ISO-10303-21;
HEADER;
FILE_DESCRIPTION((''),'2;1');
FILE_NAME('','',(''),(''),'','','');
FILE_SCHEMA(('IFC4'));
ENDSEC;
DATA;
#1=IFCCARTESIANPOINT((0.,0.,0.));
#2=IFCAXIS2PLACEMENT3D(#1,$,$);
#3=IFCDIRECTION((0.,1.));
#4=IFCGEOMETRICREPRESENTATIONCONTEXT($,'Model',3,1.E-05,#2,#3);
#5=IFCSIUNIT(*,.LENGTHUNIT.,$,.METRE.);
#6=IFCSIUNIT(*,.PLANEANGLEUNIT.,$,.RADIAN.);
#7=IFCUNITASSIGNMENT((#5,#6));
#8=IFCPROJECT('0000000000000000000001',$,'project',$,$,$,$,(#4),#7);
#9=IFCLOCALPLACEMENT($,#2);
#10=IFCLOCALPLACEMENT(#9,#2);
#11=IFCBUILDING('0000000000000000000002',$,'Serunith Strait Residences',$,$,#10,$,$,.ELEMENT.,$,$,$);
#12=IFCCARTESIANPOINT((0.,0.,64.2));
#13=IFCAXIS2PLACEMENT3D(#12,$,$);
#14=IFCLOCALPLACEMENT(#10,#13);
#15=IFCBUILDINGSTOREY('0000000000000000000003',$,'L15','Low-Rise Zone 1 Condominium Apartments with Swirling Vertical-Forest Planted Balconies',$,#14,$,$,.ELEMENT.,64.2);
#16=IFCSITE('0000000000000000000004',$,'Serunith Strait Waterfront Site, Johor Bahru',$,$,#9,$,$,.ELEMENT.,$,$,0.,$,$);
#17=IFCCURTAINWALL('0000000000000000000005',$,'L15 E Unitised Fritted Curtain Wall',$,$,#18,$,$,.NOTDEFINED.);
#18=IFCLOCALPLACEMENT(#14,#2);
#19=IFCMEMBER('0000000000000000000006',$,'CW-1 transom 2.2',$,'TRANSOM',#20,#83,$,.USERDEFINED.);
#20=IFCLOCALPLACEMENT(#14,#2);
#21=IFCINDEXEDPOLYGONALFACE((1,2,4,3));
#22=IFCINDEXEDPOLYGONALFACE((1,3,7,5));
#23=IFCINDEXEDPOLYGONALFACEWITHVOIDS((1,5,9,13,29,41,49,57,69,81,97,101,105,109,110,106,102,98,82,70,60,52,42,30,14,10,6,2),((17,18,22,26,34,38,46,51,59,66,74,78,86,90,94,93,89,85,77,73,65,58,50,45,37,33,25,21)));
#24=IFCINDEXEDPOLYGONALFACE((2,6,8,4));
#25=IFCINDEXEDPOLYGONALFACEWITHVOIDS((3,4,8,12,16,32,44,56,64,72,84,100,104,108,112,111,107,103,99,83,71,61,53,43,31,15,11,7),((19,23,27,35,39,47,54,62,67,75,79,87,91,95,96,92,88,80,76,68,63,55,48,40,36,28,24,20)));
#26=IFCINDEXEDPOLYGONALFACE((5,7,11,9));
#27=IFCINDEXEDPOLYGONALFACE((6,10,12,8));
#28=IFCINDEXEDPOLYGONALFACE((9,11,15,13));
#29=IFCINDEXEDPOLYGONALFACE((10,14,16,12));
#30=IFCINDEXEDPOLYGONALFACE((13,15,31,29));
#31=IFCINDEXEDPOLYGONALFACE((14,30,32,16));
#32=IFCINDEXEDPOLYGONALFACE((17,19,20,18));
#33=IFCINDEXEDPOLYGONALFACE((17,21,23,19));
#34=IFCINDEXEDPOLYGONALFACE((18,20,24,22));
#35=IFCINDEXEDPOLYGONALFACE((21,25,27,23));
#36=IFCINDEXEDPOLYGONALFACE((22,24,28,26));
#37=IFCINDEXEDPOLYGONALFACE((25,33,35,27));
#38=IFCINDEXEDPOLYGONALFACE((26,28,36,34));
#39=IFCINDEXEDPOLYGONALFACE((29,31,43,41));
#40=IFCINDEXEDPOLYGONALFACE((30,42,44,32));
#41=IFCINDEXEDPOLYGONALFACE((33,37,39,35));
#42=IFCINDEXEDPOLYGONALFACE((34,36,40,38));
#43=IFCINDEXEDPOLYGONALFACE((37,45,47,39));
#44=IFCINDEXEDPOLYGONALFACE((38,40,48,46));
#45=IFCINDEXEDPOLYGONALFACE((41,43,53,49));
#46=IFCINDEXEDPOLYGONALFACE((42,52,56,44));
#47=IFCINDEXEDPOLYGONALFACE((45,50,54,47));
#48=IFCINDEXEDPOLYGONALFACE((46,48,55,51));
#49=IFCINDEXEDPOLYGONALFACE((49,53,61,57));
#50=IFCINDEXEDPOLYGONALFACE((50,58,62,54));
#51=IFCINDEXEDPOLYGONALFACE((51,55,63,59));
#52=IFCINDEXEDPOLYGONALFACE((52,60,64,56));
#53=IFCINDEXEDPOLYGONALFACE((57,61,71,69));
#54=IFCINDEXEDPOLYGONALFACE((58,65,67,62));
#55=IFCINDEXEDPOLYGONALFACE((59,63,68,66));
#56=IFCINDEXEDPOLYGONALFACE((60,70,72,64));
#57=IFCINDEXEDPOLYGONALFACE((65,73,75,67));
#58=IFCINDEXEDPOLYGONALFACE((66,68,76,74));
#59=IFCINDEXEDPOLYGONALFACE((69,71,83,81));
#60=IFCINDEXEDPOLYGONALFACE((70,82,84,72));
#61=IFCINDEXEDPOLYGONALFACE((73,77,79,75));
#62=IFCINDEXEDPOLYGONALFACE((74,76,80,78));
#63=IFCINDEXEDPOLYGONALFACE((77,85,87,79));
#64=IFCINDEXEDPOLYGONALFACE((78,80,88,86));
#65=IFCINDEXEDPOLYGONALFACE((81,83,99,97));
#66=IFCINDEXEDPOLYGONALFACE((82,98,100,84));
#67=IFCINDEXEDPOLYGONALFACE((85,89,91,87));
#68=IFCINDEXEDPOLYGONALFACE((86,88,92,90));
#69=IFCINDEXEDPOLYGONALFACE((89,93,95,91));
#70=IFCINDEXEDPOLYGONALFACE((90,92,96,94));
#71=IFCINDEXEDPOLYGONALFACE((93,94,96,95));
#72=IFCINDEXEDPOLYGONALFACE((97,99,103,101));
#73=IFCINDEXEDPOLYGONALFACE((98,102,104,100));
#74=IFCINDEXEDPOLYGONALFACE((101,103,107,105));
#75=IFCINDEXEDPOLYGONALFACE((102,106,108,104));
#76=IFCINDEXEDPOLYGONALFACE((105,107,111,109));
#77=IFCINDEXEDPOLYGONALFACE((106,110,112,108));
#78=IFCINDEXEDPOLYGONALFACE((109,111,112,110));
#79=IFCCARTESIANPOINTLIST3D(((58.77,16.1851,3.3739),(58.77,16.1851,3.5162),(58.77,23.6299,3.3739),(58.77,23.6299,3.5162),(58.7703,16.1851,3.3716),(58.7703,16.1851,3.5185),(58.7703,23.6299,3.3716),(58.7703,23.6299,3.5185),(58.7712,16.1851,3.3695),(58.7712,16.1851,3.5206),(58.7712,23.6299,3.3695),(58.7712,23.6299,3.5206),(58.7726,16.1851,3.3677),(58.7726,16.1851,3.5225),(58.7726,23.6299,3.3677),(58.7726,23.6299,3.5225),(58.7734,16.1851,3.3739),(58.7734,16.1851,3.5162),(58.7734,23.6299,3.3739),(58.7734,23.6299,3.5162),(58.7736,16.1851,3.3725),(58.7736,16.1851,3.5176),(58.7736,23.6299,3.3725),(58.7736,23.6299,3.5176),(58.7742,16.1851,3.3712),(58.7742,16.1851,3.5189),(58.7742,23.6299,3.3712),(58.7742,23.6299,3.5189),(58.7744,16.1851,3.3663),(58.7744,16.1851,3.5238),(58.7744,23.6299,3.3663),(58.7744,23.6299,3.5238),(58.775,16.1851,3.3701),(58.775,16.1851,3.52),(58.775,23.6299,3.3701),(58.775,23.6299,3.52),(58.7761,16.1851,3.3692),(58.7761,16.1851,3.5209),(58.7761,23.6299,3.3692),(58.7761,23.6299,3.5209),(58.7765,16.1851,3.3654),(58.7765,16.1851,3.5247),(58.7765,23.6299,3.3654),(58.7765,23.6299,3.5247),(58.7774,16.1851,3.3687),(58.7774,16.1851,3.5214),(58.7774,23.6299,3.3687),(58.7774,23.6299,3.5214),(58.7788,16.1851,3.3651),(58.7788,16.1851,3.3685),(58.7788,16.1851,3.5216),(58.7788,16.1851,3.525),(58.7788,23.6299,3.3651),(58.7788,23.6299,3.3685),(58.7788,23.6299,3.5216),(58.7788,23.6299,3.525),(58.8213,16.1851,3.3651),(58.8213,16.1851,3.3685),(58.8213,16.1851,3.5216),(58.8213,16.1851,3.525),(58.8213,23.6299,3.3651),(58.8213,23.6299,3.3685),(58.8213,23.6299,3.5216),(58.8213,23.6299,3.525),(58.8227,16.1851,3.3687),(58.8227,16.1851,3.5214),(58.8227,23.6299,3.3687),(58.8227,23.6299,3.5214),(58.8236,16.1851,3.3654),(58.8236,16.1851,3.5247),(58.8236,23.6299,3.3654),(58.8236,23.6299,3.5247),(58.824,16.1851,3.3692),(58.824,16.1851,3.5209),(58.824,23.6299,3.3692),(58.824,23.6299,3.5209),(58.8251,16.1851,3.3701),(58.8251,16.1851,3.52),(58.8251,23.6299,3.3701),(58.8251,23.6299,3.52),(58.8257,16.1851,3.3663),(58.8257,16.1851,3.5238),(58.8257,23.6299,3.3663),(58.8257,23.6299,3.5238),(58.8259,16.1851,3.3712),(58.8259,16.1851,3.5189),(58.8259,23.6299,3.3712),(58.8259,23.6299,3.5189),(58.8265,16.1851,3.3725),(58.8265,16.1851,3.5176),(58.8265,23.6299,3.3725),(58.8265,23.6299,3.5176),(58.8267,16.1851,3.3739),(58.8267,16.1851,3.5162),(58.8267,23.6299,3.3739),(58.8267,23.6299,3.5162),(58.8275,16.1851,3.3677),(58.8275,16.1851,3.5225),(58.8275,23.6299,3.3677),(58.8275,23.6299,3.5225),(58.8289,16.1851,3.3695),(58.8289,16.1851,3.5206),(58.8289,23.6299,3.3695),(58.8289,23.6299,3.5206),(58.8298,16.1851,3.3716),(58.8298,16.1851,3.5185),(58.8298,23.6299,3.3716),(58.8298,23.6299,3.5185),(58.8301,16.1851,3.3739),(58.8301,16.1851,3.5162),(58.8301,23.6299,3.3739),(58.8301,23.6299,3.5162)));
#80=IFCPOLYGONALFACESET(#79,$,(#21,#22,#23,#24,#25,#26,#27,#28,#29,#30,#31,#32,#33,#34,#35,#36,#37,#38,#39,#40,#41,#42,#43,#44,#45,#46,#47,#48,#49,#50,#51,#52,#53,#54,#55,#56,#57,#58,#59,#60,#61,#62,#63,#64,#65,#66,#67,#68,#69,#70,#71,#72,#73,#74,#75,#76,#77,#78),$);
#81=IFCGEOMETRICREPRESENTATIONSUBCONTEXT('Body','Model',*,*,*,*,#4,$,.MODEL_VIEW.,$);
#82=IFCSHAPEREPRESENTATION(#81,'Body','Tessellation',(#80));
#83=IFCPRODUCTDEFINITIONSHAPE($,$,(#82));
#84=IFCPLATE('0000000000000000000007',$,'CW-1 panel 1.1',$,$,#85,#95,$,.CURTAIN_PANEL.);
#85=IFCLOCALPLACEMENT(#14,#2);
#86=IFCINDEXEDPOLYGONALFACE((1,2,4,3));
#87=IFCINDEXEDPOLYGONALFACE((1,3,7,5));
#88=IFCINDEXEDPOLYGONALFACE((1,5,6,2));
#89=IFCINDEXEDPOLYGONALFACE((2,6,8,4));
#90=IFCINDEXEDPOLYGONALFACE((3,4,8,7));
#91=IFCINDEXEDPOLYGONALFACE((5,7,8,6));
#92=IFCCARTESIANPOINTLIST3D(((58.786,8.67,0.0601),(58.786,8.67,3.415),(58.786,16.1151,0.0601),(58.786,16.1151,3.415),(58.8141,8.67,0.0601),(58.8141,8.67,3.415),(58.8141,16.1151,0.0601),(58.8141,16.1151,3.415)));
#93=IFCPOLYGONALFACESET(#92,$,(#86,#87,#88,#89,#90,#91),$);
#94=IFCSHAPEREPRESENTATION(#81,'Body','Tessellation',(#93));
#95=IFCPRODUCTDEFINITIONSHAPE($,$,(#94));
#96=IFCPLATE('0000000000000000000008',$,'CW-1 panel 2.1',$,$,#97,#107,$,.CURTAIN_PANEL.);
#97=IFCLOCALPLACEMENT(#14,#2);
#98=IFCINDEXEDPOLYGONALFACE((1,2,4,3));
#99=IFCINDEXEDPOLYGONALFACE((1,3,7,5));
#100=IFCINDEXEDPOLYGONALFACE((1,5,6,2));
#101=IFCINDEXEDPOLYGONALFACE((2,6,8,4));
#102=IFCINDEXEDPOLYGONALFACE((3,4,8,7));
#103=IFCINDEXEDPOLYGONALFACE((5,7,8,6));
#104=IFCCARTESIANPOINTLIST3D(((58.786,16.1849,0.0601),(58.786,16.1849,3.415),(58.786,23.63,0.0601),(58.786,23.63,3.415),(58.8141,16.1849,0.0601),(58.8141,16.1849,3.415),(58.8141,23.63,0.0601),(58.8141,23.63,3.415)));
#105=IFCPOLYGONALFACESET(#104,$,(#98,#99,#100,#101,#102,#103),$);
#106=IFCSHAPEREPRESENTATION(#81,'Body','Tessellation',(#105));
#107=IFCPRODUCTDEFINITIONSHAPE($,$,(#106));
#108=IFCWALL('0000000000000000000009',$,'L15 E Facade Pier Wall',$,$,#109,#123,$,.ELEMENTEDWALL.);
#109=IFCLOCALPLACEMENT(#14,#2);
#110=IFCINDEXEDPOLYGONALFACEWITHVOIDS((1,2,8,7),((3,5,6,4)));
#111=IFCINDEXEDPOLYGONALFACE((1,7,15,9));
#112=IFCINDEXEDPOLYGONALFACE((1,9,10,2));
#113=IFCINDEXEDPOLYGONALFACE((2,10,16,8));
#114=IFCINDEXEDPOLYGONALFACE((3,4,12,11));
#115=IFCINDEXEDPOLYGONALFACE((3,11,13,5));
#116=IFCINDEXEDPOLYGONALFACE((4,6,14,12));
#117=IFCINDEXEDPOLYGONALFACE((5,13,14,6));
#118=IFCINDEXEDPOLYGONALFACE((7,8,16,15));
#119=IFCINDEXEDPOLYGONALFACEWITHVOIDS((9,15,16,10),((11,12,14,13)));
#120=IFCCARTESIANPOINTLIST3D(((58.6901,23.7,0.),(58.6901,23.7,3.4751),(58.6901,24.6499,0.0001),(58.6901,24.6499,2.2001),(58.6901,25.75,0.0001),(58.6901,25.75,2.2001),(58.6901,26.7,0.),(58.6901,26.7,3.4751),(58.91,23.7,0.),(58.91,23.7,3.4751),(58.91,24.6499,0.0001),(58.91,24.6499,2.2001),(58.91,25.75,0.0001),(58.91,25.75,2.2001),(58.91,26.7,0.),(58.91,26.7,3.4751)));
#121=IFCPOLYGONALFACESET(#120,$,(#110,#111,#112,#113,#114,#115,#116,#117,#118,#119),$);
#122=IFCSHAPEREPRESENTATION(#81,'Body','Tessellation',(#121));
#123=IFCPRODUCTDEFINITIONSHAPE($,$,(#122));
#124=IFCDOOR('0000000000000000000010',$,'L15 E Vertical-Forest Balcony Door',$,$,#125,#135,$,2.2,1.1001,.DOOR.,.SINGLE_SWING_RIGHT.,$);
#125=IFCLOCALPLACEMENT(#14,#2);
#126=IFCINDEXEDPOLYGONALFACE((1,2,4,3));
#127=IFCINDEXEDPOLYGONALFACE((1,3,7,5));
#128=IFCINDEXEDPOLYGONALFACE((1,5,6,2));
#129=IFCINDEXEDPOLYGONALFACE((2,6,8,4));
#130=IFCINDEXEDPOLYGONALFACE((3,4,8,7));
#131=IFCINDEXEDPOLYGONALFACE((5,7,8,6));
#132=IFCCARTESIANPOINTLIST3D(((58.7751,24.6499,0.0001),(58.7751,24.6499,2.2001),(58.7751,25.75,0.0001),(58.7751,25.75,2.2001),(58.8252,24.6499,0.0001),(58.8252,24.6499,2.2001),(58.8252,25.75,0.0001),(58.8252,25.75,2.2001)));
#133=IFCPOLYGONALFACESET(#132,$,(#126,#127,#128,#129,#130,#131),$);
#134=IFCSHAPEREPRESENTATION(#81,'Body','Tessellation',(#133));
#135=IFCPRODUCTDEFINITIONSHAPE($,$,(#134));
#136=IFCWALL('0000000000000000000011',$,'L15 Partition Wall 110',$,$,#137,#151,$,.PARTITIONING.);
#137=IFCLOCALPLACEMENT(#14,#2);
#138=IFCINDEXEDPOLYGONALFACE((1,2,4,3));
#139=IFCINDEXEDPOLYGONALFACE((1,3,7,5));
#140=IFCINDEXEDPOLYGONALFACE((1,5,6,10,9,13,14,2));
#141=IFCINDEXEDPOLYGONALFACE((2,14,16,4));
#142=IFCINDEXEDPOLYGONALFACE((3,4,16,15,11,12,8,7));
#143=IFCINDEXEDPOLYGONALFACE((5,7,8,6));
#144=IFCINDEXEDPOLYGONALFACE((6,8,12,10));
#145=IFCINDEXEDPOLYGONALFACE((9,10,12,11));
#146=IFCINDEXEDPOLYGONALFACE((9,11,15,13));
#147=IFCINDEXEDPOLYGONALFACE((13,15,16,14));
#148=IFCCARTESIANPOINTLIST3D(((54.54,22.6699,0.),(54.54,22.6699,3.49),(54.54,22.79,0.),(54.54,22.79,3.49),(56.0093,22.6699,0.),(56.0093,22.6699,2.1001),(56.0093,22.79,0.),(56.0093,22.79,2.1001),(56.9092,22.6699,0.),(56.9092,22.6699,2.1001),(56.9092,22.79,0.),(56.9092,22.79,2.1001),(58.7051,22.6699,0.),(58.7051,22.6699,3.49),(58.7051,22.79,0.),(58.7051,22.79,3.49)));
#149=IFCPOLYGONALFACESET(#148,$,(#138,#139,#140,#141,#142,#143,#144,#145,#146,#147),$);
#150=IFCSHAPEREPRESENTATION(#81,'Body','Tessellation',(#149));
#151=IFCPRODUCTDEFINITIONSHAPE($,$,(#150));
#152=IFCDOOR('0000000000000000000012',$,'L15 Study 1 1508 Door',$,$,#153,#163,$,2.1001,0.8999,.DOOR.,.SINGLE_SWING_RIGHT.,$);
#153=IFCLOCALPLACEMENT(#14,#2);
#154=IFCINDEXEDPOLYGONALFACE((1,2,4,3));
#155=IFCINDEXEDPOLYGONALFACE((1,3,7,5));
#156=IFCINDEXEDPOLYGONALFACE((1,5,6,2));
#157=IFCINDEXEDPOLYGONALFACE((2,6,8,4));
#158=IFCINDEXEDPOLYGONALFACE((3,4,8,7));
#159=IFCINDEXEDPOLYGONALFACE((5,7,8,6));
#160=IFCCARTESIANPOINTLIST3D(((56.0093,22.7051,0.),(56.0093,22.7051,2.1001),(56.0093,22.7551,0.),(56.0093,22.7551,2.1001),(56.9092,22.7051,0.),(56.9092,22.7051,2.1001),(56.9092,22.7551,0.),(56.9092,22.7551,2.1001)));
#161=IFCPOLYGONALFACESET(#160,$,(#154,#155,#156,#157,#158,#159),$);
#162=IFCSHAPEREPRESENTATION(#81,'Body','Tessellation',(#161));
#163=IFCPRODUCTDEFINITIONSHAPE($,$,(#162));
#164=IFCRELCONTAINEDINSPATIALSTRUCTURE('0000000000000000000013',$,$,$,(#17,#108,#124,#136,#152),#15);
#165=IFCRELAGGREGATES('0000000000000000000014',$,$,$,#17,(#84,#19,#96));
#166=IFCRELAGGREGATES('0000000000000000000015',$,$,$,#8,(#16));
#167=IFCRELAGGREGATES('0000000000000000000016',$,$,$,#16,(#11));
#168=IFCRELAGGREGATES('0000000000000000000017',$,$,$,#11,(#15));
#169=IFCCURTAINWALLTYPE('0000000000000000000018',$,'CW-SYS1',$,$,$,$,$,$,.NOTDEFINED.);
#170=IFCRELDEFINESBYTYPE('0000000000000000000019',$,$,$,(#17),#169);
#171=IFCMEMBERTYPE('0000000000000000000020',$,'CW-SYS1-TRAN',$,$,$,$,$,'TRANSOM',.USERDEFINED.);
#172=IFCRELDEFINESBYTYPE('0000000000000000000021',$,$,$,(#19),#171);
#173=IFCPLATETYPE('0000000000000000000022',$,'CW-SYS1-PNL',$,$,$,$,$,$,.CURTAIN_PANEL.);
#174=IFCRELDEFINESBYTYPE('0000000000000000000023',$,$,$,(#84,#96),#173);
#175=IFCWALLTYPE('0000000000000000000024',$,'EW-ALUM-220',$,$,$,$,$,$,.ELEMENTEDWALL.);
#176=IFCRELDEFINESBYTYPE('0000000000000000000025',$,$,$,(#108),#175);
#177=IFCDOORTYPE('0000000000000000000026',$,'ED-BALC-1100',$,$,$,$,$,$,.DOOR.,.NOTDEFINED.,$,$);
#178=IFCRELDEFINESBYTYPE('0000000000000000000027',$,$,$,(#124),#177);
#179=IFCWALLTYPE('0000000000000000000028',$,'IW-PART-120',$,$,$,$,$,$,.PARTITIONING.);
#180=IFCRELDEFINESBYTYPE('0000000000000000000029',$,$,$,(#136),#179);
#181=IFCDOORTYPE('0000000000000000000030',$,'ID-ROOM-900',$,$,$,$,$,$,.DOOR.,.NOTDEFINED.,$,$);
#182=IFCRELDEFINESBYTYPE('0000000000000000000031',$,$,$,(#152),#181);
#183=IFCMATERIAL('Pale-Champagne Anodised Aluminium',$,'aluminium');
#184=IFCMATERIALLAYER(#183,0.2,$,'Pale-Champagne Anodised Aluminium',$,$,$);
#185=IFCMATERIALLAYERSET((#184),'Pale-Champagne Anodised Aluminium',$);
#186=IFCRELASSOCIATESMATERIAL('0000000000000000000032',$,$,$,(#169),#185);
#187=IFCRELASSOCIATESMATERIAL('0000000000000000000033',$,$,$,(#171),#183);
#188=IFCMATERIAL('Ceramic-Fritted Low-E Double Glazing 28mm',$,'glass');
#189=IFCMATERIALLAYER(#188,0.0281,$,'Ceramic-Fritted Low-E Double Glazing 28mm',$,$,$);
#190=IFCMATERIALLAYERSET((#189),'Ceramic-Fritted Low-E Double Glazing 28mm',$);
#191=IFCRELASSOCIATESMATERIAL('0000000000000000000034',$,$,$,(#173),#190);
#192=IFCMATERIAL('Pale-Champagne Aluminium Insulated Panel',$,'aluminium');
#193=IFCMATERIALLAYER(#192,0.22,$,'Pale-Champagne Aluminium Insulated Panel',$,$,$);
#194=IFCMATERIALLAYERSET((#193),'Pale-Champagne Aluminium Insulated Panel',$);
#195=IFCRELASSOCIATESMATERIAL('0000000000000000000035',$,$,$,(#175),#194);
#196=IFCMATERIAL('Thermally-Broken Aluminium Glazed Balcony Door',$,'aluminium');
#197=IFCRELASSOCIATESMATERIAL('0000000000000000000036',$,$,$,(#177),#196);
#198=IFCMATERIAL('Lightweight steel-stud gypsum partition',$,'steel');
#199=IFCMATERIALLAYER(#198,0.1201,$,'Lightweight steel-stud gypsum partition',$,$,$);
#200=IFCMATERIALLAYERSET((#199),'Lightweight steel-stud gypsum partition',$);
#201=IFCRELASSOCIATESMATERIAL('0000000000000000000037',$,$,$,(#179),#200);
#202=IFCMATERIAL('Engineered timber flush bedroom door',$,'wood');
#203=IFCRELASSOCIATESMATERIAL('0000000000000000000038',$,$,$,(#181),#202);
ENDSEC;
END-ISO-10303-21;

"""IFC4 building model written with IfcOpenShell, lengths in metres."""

from ifc_helpers import new_model, si_unit, direction, frame, frame_2d, origin, origin_2d, place, context, subcontext, project, spatial, rectangle, hollow_rectangle, extrude, source, transform, mapped, material, layer, layer_set, material_profile, profile_set, type_object, element, fill, aggregate, save


model = new_model("IFC4")

# Units and contexts
model_context = context("Model", 3, precision=1e-05, world=origin(), true_north=direction((0.0, 1.0)))
body_context = subcontext(model_context, "Body", "Model", "MODEL_VIEW")
ifc_project = project(units=[si_unit("LENGTHUNIT", "METRE"), si_unit("PLANEANGLEUNIT", "RADIAN")], contexts=[model_context])

# Site, building, storey
site_placement = place(None, origin())
site = spatial("IfcSite", under=ifc_project, at=site_placement, Name="Serunith Strait Waterfront Site, Johor Bahru", CompositionType="ELEMENT", RefElevation=0.0)
building_placement = place(site_placement, origin())
building = spatial("IfcBuilding", under=site, at=building_placement, Name="Serunith Strait Residences", CompositionType="ELEMENT")
storey_placement = place(building_placement, frame((0.0, 0.0, 64.2)))
storey = spatial("IfcBuildingStorey", under=building, at=storey_placement, Name="L15", Description="Low-Rise Zone 1 Condominium Apartments with Swirling Vertical-Forest Planted Balconies", CompositionType="ELEMENT", Elevation=64.2)

# Curtain wall, member, plates
ifc_material_1 = material(Name="Pale-Champagne Anodised Aluminium", Category="aluminium")
ifc_layer_1 = layer(ifc_material_1, 0.2, Name="Pale-Champagne Anodised Aluminium")
ifc_layer_set_1 = layer_set([ifc_layer_1], Name="Pale-Champagne Anodised Aluminium")
curtain_wall_type = type_object("IfcCurtainWallType", Name="CW-SYS1", PredefinedType="NOTDEFINED", material=ifc_layer_set_1)
curtain_wall_placement = place(storey_placement, origin())
curtain_wall = element("IfcCurtainWall", 1, at=curtain_wall_placement, inside=storey, type_object=curtain_wall_type, Name="L15 E Unitised Fritted Curtain Wall", PredefinedType="NOTDEFINED")
ifc_material_profile_1 = material_profile(ifc_material_1, hollow_rectangle(XDim=0.0601, YDim=0.1599, WallThickness=0.0034, InnerFilletRadius=0.0054, OuterFilletRadius=0.0088, at=origin_2d()), Name="ALU 160x60x3.5")
ifc_profile_set_1 = profile_set([ifc_material_profile_1], Name="Pale-Champagne Anodised Aluminium")
member_type_1 = type_object("IfcMemberType", Name="CW-SYS1-TRAN", ElementType="TRANSOM", PredefinedType="USERDEFINED", material=ifc_profile_set_1)
shared_shape_1 = source(origin(), body_context, "Body", "SweptSolid", [
    extrude(hollow_rectangle(XDim=0.0601, YDim=0.1599, WallThickness=0.0034, InnerFilletRadius=0.0054, OuterFilletRadius=0.0088, at=origin_2d()), origin(), (0.0, 0.0, 1.0), 7.4448),
])
member_1_placement = place(storey_placement, frame((58.8, 16.1851, 3.4451), z_axis=(0.0, 1.0, 0.0), x_axis=(-1.0, 0.0, 0.0)))
member_1 = element("IfcMember", 2, at=member_1_placement, type_object=member_type_1, Name="CW-1 transom 2.2", ObjectType="TRANSOM", PredefinedType="USERDEFINED", context=body_context, shape_type="MappedRepresentation", body=[
    mapped(shared_shape_1, transform((0.0, 0.0, 0.0), scale=1.0)),
])
ifc_material_2 = material(Name="Ceramic-Fritted Low-E Double Glazing 28mm", Category="glass")
ifc_layer_2 = layer(ifc_material_2, 0.0281, Name="Ceramic-Fritted Low-E Double Glazing 28mm")
ifc_layer_set_2 = layer_set([ifc_layer_2], Name="Ceramic-Fritted Low-E Double Glazing 28mm")
plate_type = type_object("IfcPlateType", Name="CW-SYS1-PNL", PredefinedType="CURTAIN_PANEL", material=ifc_layer_set_2)
shared_shape_2 = source(origin(), body_context, "Body", "SweptSolid", [
    extrude(rectangle(XDim=7.4451, YDim=0.0281, at=origin_2d()), origin(), (0.0, 0.0, 1.0), 3.355),
])
plate_1_placement = place(storey_placement, frame((58.8, 12.3926, 0.0601), z_axis=(0.0, 0.0, 1.0), x_axis=(0.0, 1.0, 0.0)))
plate_1 = element("IfcPlate", 3, at=plate_1_placement, type_object=plate_type, Name="CW-1 panel 1.1", PredefinedType="CURTAIN_PANEL", context=body_context, shape_type="MappedRepresentation", body=[
    mapped(shared_shape_2, transform((0.0, 0.0, 0.0), scale=1.0)),
])
plate_2_placement = place(storey_placement, frame((58.8, 19.9075, 0.0601), z_axis=(0.0, 0.0, 1.0), x_axis=(0.0, 1.0, 0.0)))
plate_2 = element("IfcPlate", 4, at=plate_2_placement, type_object=plate_type, Name="CW-1 panel 2.1", PredefinedType="CURTAIN_PANEL", context=body_context, shape_type="MappedRepresentation", body=[
    mapped(shared_shape_2, transform((0.0, 0.0, 0.0), scale=1.0)),
])
aggregate(curtain_wall, [plate_1, member_1, plate_2])

# Walls, openings, doors
ifc_material_3 = material(Name="Pale-Champagne Aluminium Insulated Panel", Category="aluminium")
ifc_layer_3 = layer(ifc_material_3, 0.22, Name="Pale-Champagne Aluminium Insulated Panel")
ifc_layer_set_3 = layer_set([ifc_layer_3], Name="Pale-Champagne Aluminium Insulated Panel")
wall_type_1 = type_object("IfcWallType", Name="EW-ALUM-220", PredefinedType="ELEMENTEDWALL", material=ifc_layer_set_3)
wall_1_placement = place(storey_placement, frame((58.8, 23.7, 0.0), z_axis=(0.0, 0.0, 1.0), x_axis=(0.0, 1.0, 0.0)))
wall_1 = element("IfcWall", 5, at=wall_1_placement, inside=storey, type_object=wall_type_1, Name="L15 E Facade Pier Wall", PredefinedType="ELEMENTEDWALL", context=body_context, shape_type="SweptSolid", body=[
    extrude(rectangle(XDim=3.0, YDim=0.22, at=frame_2d((1.5, 0.0))), origin(), (0.0, 0.0, 1.0), 3.4751),
])
opening_1_placement = place(wall_1_placement, frame((0.95, 0.0, 0.0)))
opening_1 = element("IfcOpeningElement", 6, at=opening_1_placement, cuts=wall_1, PredefinedType="OPENING", context=body_context, shape_type="SweptSolid", body=[
    extrude(rectangle(XDim=1.1001, YDim=2.2, at=frame_2d((0.55, 1.1001))), frame((0.0, 0.1201, 0.0), z_axis=(0.0, -1.0, 0.0), x_axis=(1.0, 0.0, 0.0)), (0.0, 0.0, 1.0), 0.24),
])
ifc_material_4 = material(Name="Thermally-Broken Aluminium Glazed Balcony Door", Category="aluminium")
door_type_1 = type_object("IfcDoorType", Name="ED-BALC-1100", OperationType="NOTDEFINED", PredefinedType="DOOR", material=ifc_material_4)
shared_shape_3 = source(origin(), body_context, "Body", "SweptSolid", [
    extrude(rectangle(XDim=1.1001, YDim=2.2, at=frame_2d((0.55, 1.1001))), frame((0.0, 0.0249, 0.0), z_axis=(0.0, -1.0, 0.0), x_axis=(1.0, 0.0, 0.0)), (0.0, 0.0, 1.0), 0.05),
])
door_1_placement = place(opening_1_placement, origin())
door_1 = element("IfcDoor", 7, at=door_1_placement, inside=storey, type_object=door_type_1, Name="L15 E Vertical-Forest Balcony Door", OperationType="SINGLE_SWING_RIGHT", OverallHeight=2.2, OverallWidth=1.1001, PredefinedType="DOOR", context=body_context, shape_type="MappedRepresentation", body=[
    mapped(shared_shape_3, transform((0.0, 0.0, 0.0), scale=1.0)),
])
fill(opening_1, door_1)
ifc_material_5 = material(Name="Lightweight steel-stud gypsum partition", Category="steel")
ifc_layer_4 = layer(ifc_material_5, 0.1201, Name="Lightweight steel-stud gypsum partition")
ifc_layer_set_4 = layer_set([ifc_layer_4], Name="Lightweight steel-stud gypsum partition")
wall_type_2 = type_object("IfcWallType", Name="IW-PART-120", PredefinedType="PARTITIONING", material=ifc_layer_set_4)
wall_2_placement = place(storey_placement, frame((58.7051, 22.73, 0.0), z_axis=(0.0, 0.0, 1.0), x_axis=(-1.0, 0.0, 0.0)))
wall_2 = element("IfcWall", 8, at=wall_2_placement, inside=storey, type_object=wall_type_2, Name="L15 Partition Wall 110", PredefinedType="PARTITIONING", context=body_context, shape_type="SweptSolid", body=[
    extrude(rectangle(XDim=4.165, YDim=0.1201, at=frame_2d((2.0825, 0.0))), origin(), (0.0, 0.0, 1.0), 3.49),
])
opening_2_placement = place(wall_2_placement, frame((1.7959, 0.0, 0.0)))
opening_2 = element("IfcOpeningElement", 9, at=opening_2_placement, cuts=wall_2, PredefinedType="OPENING", context=body_context, shape_type="SweptSolid", body=[
    extrude(rectangle(XDim=0.8999, YDim=2.1001, at=frame_2d((0.45, 1.05))), frame((0.0, 0.0701, 0.0), z_axis=(0.0, -1.0, 0.0), x_axis=(1.0, 0.0, 0.0)), (0.0, 0.0, 1.0), 0.1401),
])
ifc_material_6 = material(Name="Engineered timber flush bedroom door", Category="wood")
door_type_2 = type_object("IfcDoorType", Name="ID-ROOM-900", OperationType="NOTDEFINED", PredefinedType="DOOR", material=ifc_material_6)
shared_shape_4 = source(origin(), body_context, "Body", "SweptSolid", [
    extrude(rectangle(XDim=0.8999, YDim=2.1001, at=frame_2d((0.45, 1.05))), frame((0.0, 0.0249, 0.0), z_axis=(0.0, -1.0, 0.0), x_axis=(1.0, 0.0, 0.0)), (0.0, 0.0, 1.0), 0.05),
])
door_2_placement = place(opening_2_placement, origin())
door_2 = element("IfcDoor", 10, at=door_2_placement, inside=storey, type_object=door_type_2, Name="L15 Study 1 1508 Door", OperationType="SINGLE_SWING_RIGHT", OverallHeight=2.1001, OverallWidth=0.8999, PredefinedType="DOOR", context=body_context, shape_type="MappedRepresentation", body=[
    mapped(shared_shape_4, transform((0.0, 0.0, 0.0), scale=1.0)),
])
fill(opening_2, door_2)

save(model, "model.ifc")
